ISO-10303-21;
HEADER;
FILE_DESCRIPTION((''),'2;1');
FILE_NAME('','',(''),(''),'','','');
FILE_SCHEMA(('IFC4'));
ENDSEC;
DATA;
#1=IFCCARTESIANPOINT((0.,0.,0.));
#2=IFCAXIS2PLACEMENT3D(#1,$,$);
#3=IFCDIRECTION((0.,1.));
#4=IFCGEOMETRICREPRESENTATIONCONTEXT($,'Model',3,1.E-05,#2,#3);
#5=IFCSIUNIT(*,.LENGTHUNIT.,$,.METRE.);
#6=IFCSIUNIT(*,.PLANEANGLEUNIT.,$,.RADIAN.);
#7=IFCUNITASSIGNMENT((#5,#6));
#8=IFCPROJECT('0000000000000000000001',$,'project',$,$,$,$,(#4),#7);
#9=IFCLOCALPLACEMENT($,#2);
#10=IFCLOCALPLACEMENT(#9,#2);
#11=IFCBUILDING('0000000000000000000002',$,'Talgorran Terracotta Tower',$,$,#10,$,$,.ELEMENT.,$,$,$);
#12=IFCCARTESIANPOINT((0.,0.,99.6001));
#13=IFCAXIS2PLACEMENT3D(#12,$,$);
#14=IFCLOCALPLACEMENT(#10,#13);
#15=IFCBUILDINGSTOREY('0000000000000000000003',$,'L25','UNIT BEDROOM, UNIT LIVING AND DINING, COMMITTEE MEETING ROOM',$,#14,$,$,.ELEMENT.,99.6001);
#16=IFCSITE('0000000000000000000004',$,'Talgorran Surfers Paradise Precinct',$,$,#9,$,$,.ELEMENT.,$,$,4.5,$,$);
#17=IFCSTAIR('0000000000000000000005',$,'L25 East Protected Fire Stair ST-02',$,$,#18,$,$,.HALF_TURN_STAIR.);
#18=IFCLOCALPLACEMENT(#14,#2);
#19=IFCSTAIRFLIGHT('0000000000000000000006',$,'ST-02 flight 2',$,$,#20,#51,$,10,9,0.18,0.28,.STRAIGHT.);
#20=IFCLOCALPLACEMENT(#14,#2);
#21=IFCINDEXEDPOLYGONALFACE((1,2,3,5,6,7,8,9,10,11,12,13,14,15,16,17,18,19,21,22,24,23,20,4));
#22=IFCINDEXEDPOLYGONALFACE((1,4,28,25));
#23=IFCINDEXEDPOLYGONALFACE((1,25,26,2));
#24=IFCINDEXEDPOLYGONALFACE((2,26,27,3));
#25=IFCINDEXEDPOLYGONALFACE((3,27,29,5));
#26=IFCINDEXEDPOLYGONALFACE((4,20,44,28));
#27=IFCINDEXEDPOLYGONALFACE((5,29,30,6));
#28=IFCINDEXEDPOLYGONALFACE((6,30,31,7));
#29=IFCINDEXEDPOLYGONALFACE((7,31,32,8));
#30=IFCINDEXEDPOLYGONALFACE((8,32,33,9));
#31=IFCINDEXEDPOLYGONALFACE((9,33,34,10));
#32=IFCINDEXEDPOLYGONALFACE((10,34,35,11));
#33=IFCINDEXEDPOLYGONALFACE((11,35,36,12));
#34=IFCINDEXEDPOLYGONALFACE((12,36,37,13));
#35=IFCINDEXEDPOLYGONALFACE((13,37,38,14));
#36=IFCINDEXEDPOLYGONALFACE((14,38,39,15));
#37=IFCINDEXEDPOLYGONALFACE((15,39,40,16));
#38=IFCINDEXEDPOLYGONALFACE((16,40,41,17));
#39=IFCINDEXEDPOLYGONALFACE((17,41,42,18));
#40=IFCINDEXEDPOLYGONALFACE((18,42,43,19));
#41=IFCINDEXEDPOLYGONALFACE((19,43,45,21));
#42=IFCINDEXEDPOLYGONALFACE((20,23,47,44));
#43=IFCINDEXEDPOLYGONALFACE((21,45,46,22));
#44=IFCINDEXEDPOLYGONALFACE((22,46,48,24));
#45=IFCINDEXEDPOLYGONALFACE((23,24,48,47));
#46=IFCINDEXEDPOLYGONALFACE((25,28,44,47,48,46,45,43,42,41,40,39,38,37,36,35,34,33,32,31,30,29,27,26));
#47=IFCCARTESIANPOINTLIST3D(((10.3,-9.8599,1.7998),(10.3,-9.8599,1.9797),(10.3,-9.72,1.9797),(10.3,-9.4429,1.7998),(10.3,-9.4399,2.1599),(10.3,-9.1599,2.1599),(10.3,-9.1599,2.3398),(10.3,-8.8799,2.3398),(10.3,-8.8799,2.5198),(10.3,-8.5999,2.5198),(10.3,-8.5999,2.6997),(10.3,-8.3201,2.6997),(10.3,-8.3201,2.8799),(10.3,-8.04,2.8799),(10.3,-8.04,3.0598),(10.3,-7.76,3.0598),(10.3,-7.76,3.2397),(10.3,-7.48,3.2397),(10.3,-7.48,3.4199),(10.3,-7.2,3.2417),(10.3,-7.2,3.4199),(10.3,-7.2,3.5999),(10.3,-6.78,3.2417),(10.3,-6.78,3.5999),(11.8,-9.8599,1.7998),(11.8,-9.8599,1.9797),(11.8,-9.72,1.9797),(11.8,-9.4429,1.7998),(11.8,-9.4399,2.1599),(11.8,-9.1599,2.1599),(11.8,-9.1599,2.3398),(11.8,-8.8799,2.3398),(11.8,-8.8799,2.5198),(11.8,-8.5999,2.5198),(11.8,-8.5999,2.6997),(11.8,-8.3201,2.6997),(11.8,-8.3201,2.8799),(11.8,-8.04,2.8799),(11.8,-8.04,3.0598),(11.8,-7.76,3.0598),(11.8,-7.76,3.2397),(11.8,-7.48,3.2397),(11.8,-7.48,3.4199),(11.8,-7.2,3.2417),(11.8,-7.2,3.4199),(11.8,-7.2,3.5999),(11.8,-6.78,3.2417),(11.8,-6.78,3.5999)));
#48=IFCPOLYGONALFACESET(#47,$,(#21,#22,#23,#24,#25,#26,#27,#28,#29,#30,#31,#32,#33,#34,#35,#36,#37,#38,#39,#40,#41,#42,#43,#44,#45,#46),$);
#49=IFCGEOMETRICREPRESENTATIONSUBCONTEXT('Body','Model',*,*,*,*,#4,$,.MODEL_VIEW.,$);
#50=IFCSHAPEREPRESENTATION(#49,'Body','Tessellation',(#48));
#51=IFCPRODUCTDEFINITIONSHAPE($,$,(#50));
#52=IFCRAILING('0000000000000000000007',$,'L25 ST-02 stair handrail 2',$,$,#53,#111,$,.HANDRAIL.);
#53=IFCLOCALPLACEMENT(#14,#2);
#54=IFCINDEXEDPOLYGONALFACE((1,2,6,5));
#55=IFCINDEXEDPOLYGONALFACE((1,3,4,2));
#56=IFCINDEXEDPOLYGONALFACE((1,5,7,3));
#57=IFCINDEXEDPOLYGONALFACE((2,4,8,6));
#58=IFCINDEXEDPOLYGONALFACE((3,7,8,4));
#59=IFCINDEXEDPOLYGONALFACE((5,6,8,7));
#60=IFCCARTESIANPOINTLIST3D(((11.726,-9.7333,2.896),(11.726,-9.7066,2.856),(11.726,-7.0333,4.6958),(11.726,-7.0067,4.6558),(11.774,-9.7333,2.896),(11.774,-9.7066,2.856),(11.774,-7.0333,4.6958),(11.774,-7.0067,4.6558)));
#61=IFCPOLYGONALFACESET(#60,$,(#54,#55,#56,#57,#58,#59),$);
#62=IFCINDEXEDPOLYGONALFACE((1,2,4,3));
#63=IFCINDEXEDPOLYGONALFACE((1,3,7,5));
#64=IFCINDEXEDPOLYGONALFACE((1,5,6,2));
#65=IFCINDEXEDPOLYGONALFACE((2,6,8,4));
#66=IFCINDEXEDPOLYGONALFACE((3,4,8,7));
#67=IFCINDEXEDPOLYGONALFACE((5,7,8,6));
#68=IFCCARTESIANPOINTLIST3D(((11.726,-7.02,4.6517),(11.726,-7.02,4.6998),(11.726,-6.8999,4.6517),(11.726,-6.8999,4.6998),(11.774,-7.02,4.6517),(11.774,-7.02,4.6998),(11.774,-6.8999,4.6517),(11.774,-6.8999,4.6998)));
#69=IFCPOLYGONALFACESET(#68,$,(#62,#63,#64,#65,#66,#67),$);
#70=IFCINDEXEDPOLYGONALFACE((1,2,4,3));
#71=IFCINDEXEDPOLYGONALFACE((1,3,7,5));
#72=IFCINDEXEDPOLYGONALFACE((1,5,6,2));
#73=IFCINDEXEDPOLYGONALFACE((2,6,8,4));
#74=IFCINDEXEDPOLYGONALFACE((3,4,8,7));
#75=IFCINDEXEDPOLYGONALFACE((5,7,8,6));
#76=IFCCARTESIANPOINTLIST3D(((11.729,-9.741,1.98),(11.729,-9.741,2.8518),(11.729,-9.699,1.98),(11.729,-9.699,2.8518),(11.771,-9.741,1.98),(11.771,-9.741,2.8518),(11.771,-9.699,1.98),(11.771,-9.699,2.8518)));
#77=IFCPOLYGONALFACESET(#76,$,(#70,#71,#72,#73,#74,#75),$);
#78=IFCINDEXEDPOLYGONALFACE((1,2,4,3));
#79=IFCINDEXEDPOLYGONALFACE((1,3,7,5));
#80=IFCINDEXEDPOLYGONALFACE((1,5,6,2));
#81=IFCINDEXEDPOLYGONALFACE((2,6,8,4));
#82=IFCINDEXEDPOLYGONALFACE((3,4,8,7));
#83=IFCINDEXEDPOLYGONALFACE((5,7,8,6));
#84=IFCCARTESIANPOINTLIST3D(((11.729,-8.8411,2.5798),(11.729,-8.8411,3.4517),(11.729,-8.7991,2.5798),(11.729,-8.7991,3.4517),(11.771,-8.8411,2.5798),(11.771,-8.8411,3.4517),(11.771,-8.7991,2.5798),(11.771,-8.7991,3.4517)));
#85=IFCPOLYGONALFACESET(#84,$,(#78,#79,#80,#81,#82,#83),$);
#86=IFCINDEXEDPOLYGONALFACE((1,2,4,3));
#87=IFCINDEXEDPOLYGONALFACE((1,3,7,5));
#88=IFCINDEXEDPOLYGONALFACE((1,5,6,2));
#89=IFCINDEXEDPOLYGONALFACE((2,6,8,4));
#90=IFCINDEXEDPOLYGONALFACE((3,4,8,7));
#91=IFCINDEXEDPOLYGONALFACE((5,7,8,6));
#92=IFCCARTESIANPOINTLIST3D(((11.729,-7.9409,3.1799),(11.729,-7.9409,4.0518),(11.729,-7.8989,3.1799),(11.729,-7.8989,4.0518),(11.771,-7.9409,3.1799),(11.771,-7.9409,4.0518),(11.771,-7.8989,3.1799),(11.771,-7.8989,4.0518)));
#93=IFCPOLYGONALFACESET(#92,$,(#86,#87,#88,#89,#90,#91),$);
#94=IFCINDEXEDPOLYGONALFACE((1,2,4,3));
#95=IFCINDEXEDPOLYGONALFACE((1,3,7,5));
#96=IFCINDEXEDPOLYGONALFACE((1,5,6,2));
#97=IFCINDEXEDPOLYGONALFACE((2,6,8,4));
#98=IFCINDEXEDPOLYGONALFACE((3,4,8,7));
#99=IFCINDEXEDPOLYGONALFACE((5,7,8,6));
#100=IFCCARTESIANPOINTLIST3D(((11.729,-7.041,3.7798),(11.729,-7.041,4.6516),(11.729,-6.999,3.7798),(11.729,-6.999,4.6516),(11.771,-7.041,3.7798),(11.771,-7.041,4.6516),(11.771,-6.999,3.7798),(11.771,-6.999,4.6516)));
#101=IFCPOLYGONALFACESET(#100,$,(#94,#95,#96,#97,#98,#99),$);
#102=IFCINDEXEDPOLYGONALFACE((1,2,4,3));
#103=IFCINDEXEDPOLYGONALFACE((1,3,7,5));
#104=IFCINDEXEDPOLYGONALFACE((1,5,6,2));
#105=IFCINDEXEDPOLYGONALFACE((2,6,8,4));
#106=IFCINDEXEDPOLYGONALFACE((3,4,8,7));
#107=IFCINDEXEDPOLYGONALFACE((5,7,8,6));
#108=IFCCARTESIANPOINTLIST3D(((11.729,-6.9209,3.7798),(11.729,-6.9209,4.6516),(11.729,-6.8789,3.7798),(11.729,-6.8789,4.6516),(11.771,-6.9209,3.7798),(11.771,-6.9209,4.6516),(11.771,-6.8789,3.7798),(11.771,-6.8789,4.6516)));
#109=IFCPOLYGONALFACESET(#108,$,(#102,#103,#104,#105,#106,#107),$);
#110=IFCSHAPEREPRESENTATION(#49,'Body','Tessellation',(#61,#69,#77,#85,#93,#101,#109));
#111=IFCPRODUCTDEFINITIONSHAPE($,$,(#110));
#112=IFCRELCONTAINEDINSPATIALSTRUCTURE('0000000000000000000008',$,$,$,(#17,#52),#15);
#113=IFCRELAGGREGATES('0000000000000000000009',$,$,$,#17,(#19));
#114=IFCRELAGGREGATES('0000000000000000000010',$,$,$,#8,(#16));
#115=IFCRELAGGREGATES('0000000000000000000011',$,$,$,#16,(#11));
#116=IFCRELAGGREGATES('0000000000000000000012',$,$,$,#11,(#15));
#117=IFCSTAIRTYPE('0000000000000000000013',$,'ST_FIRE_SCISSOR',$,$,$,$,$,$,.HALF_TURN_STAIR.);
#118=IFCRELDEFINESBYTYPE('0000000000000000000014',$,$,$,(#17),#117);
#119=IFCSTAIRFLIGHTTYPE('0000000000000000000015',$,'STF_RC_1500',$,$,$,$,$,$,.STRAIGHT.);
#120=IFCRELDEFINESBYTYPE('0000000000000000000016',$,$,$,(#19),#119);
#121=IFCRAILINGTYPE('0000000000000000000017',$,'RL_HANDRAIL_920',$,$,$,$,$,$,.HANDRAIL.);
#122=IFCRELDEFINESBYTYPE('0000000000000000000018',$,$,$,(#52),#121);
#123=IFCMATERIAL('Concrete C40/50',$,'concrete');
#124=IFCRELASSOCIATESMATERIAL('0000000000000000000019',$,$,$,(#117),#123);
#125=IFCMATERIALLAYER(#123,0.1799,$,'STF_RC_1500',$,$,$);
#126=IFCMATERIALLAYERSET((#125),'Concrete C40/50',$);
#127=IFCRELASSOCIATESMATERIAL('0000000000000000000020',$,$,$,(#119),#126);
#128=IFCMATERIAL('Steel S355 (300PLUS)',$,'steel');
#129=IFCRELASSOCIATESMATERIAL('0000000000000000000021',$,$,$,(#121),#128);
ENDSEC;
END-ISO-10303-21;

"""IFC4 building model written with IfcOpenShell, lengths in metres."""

from ifc_helpers import new_model, si_unit, direction, frame, origin, origin_2d, place, context, subcontext, project, spatial, polyline, rectangle, outline, extrude, material, layer, layer_set, type_object, element, aggregate, save


model = new_model("IFC4")

# Units and contexts
model_context = context("Model", 3, precision=1e-05, world=origin(), true_north=direction((0.0, 1.0)))
body_context = subcontext(model_context, "Body", "Model", "MODEL_VIEW")
ifc_project = project(units=[si_unit("LENGTHUNIT", "METRE"), si_unit("PLANEANGLEUNIT", "RADIAN")], contexts=[model_context])

# Site, building, storey
site_placement = place(None, origin())
site = spatial("IfcSite", under=ifc_project, at=site_placement, Name="Talgorran Surfers Paradise Precinct", CompositionType="ELEMENT", RefElevation=4.5)
building_placement = place(site_placement, origin())
building = spatial("IfcBuilding", under=site, at=building_placement, Name="Talgorran Terracotta Tower", CompositionType="ELEMENT")
storey_placement = place(building_placement, frame((0.0, 0.0, 99.6001)))
storey = spatial("IfcBuildingStorey", under=building, at=storey_placement, Name="L25", Description="UNIT BEDROOM, UNIT LIVING AND DINING, COMMITTEE MEETING ROOM", CompositionType="ELEMENT", Elevation=99.6001)

# Shared definitions
ifc_material_1 = material(Name="Steel S355 (300PLUS)", Category="steel")

# Shared definitions
ifc_material_2 = material(Name="Concrete C40/50", Category="concrete")

# Stair, stair flight
stair_type = type_object("IfcStairType", Name="ST_FIRE_SCISSOR", PredefinedType="HALF_TURN_STAIR", material=ifc_material_2)
stair_placement = place(storey_placement, origin())
stair = element("IfcStair", 1, at=stair_placement, inside=storey, type_object=stair_type, Name="L25 East Protected Fire Stair ST-02", PredefinedType="HALF_TURN_STAIR")
ifc_layer_1 = layer(ifc_material_2, 0.1799, Name="STF_RC_1500")
ifc_layer_set_1 = layer_set([ifc_layer_1], Name="Concrete C40/50")
stair_flight_type = type_object("IfcStairFlightType", Name="STF_RC_1500", PredefinedType="STRAIGHT", material=ifc_layer_set_1)
stair_flight_placement = place(storey_placement, frame((11.05, -9.72, 1.7998), z_axis=(0.0, 0.0, 1.0), x_axis=(0.0, 1.0, 0.0)))
stair_flight = element("IfcStairFlight", 2, at=stair_flight_placement, type_object=stair_flight_type, Name="ST-02 flight 2", NumberOfRisers=10, NumberOfTreads=9, PredefinedType="STRAIGHT", RiserHeight=0.18, TreadLength=0.28, context=body_context, shape_type="SweptSolid", body=[
    extrude(outline(polyline([(-0.1399, 0.0), (-0.1399, 0.1799), (0.0, 0.1799), (0.28, 0.3601), (0.5601, 0.3601), (0.5601, 0.54), (0.8401, 0.54), (0.8401, 0.72), (1.1201, 0.72), (1.1201, 0.8999), (1.3999, 0.8999), (1.3999, 1.0801), (1.6799, 1.0801), (1.6799, 1.26), (1.96, 1.26), (1.96, 1.4399), (2.24, 1.4399), (2.24, 1.6201), (2.52, 1.6201), (2.52, 1.8), (2.9399, 1.8), (2.9399, 1.4419), (2.52, 1.4419), (0.2771, 0.0), (-0.1399, 0.0)])), frame((0.0, 0.75, 0.0), z_axis=(0.0, -1.0, 0.0), x_axis=(1.0, 0.0, 0.0)), (0.0, 0.0, 1.0), 1.5),
])
aggregate(stair, [stair_flight])

# Railing
railing_type = type_object("IfcRailingType", Name="RL_HANDRAIL_920", PredefinedType="HANDRAIL", material=ifc_material_1)
railing_placement = place(storey_placement, frame((11.75, -9.72, 1.98)))
element("IfcRailing", 3, at=railing_placement, inside=storey, type_object=railing_type, Name="L25 ST-02 stair handrail 2", PredefinedType="HANDRAIL", context=body_context, shape_type="SweptSolid", body=[
    extrude(rectangle(XDim=0.0481, YDim=0.0481, at=origin_2d()), frame((0.0, 0.0, 0.896), z_axis=(0.0, 0.832073, 0.554665), x_axis=(-1.0, 0.0, 0.0)), (0.0, 0.0, 1.0), 3.2449),
    extrude(rectangle(XDim=0.0481, YDim=0.0481, at=origin_2d()), frame((0.0, 2.7, 2.6958), z_axis=(0.0, 1.0, 0.0), x_axis=(-1.0, 0.0, 0.0)), (0.0, 0.0, 1.0), 0.1201),
    extrude(rectangle(XDim=0.042, YDim=0.042, at=origin_2d()), origin(), (0.0, 0.0, 1.0), 0.8718),
    extrude(rectangle(XDim=0.042, YDim=0.042, at=origin_2d()), frame((0.0, 0.8999, 0.5999)), (0.0, 0.0, 1.0), 0.8718),
    extrude(rectangle(XDim=0.042, YDim=0.042, at=origin_2d()), frame((0.0, 1.8, 1.2)), (0.0, 0.0, 1.0), 0.8718),
    extrude(rectangle(XDim=0.042, YDim=0.042, at=origin_2d()), frame((0.0, 2.7, 1.7998)), (0.0, 0.0, 1.0), 0.8718),
    extrude(rectangle(XDim=0.042, YDim=0.042, at=origin_2d()), frame((0.0, 2.8201, 1.7998)), (0.0, 0.0, 1.0), 0.8718),
])

save(model, "model.ifc")
